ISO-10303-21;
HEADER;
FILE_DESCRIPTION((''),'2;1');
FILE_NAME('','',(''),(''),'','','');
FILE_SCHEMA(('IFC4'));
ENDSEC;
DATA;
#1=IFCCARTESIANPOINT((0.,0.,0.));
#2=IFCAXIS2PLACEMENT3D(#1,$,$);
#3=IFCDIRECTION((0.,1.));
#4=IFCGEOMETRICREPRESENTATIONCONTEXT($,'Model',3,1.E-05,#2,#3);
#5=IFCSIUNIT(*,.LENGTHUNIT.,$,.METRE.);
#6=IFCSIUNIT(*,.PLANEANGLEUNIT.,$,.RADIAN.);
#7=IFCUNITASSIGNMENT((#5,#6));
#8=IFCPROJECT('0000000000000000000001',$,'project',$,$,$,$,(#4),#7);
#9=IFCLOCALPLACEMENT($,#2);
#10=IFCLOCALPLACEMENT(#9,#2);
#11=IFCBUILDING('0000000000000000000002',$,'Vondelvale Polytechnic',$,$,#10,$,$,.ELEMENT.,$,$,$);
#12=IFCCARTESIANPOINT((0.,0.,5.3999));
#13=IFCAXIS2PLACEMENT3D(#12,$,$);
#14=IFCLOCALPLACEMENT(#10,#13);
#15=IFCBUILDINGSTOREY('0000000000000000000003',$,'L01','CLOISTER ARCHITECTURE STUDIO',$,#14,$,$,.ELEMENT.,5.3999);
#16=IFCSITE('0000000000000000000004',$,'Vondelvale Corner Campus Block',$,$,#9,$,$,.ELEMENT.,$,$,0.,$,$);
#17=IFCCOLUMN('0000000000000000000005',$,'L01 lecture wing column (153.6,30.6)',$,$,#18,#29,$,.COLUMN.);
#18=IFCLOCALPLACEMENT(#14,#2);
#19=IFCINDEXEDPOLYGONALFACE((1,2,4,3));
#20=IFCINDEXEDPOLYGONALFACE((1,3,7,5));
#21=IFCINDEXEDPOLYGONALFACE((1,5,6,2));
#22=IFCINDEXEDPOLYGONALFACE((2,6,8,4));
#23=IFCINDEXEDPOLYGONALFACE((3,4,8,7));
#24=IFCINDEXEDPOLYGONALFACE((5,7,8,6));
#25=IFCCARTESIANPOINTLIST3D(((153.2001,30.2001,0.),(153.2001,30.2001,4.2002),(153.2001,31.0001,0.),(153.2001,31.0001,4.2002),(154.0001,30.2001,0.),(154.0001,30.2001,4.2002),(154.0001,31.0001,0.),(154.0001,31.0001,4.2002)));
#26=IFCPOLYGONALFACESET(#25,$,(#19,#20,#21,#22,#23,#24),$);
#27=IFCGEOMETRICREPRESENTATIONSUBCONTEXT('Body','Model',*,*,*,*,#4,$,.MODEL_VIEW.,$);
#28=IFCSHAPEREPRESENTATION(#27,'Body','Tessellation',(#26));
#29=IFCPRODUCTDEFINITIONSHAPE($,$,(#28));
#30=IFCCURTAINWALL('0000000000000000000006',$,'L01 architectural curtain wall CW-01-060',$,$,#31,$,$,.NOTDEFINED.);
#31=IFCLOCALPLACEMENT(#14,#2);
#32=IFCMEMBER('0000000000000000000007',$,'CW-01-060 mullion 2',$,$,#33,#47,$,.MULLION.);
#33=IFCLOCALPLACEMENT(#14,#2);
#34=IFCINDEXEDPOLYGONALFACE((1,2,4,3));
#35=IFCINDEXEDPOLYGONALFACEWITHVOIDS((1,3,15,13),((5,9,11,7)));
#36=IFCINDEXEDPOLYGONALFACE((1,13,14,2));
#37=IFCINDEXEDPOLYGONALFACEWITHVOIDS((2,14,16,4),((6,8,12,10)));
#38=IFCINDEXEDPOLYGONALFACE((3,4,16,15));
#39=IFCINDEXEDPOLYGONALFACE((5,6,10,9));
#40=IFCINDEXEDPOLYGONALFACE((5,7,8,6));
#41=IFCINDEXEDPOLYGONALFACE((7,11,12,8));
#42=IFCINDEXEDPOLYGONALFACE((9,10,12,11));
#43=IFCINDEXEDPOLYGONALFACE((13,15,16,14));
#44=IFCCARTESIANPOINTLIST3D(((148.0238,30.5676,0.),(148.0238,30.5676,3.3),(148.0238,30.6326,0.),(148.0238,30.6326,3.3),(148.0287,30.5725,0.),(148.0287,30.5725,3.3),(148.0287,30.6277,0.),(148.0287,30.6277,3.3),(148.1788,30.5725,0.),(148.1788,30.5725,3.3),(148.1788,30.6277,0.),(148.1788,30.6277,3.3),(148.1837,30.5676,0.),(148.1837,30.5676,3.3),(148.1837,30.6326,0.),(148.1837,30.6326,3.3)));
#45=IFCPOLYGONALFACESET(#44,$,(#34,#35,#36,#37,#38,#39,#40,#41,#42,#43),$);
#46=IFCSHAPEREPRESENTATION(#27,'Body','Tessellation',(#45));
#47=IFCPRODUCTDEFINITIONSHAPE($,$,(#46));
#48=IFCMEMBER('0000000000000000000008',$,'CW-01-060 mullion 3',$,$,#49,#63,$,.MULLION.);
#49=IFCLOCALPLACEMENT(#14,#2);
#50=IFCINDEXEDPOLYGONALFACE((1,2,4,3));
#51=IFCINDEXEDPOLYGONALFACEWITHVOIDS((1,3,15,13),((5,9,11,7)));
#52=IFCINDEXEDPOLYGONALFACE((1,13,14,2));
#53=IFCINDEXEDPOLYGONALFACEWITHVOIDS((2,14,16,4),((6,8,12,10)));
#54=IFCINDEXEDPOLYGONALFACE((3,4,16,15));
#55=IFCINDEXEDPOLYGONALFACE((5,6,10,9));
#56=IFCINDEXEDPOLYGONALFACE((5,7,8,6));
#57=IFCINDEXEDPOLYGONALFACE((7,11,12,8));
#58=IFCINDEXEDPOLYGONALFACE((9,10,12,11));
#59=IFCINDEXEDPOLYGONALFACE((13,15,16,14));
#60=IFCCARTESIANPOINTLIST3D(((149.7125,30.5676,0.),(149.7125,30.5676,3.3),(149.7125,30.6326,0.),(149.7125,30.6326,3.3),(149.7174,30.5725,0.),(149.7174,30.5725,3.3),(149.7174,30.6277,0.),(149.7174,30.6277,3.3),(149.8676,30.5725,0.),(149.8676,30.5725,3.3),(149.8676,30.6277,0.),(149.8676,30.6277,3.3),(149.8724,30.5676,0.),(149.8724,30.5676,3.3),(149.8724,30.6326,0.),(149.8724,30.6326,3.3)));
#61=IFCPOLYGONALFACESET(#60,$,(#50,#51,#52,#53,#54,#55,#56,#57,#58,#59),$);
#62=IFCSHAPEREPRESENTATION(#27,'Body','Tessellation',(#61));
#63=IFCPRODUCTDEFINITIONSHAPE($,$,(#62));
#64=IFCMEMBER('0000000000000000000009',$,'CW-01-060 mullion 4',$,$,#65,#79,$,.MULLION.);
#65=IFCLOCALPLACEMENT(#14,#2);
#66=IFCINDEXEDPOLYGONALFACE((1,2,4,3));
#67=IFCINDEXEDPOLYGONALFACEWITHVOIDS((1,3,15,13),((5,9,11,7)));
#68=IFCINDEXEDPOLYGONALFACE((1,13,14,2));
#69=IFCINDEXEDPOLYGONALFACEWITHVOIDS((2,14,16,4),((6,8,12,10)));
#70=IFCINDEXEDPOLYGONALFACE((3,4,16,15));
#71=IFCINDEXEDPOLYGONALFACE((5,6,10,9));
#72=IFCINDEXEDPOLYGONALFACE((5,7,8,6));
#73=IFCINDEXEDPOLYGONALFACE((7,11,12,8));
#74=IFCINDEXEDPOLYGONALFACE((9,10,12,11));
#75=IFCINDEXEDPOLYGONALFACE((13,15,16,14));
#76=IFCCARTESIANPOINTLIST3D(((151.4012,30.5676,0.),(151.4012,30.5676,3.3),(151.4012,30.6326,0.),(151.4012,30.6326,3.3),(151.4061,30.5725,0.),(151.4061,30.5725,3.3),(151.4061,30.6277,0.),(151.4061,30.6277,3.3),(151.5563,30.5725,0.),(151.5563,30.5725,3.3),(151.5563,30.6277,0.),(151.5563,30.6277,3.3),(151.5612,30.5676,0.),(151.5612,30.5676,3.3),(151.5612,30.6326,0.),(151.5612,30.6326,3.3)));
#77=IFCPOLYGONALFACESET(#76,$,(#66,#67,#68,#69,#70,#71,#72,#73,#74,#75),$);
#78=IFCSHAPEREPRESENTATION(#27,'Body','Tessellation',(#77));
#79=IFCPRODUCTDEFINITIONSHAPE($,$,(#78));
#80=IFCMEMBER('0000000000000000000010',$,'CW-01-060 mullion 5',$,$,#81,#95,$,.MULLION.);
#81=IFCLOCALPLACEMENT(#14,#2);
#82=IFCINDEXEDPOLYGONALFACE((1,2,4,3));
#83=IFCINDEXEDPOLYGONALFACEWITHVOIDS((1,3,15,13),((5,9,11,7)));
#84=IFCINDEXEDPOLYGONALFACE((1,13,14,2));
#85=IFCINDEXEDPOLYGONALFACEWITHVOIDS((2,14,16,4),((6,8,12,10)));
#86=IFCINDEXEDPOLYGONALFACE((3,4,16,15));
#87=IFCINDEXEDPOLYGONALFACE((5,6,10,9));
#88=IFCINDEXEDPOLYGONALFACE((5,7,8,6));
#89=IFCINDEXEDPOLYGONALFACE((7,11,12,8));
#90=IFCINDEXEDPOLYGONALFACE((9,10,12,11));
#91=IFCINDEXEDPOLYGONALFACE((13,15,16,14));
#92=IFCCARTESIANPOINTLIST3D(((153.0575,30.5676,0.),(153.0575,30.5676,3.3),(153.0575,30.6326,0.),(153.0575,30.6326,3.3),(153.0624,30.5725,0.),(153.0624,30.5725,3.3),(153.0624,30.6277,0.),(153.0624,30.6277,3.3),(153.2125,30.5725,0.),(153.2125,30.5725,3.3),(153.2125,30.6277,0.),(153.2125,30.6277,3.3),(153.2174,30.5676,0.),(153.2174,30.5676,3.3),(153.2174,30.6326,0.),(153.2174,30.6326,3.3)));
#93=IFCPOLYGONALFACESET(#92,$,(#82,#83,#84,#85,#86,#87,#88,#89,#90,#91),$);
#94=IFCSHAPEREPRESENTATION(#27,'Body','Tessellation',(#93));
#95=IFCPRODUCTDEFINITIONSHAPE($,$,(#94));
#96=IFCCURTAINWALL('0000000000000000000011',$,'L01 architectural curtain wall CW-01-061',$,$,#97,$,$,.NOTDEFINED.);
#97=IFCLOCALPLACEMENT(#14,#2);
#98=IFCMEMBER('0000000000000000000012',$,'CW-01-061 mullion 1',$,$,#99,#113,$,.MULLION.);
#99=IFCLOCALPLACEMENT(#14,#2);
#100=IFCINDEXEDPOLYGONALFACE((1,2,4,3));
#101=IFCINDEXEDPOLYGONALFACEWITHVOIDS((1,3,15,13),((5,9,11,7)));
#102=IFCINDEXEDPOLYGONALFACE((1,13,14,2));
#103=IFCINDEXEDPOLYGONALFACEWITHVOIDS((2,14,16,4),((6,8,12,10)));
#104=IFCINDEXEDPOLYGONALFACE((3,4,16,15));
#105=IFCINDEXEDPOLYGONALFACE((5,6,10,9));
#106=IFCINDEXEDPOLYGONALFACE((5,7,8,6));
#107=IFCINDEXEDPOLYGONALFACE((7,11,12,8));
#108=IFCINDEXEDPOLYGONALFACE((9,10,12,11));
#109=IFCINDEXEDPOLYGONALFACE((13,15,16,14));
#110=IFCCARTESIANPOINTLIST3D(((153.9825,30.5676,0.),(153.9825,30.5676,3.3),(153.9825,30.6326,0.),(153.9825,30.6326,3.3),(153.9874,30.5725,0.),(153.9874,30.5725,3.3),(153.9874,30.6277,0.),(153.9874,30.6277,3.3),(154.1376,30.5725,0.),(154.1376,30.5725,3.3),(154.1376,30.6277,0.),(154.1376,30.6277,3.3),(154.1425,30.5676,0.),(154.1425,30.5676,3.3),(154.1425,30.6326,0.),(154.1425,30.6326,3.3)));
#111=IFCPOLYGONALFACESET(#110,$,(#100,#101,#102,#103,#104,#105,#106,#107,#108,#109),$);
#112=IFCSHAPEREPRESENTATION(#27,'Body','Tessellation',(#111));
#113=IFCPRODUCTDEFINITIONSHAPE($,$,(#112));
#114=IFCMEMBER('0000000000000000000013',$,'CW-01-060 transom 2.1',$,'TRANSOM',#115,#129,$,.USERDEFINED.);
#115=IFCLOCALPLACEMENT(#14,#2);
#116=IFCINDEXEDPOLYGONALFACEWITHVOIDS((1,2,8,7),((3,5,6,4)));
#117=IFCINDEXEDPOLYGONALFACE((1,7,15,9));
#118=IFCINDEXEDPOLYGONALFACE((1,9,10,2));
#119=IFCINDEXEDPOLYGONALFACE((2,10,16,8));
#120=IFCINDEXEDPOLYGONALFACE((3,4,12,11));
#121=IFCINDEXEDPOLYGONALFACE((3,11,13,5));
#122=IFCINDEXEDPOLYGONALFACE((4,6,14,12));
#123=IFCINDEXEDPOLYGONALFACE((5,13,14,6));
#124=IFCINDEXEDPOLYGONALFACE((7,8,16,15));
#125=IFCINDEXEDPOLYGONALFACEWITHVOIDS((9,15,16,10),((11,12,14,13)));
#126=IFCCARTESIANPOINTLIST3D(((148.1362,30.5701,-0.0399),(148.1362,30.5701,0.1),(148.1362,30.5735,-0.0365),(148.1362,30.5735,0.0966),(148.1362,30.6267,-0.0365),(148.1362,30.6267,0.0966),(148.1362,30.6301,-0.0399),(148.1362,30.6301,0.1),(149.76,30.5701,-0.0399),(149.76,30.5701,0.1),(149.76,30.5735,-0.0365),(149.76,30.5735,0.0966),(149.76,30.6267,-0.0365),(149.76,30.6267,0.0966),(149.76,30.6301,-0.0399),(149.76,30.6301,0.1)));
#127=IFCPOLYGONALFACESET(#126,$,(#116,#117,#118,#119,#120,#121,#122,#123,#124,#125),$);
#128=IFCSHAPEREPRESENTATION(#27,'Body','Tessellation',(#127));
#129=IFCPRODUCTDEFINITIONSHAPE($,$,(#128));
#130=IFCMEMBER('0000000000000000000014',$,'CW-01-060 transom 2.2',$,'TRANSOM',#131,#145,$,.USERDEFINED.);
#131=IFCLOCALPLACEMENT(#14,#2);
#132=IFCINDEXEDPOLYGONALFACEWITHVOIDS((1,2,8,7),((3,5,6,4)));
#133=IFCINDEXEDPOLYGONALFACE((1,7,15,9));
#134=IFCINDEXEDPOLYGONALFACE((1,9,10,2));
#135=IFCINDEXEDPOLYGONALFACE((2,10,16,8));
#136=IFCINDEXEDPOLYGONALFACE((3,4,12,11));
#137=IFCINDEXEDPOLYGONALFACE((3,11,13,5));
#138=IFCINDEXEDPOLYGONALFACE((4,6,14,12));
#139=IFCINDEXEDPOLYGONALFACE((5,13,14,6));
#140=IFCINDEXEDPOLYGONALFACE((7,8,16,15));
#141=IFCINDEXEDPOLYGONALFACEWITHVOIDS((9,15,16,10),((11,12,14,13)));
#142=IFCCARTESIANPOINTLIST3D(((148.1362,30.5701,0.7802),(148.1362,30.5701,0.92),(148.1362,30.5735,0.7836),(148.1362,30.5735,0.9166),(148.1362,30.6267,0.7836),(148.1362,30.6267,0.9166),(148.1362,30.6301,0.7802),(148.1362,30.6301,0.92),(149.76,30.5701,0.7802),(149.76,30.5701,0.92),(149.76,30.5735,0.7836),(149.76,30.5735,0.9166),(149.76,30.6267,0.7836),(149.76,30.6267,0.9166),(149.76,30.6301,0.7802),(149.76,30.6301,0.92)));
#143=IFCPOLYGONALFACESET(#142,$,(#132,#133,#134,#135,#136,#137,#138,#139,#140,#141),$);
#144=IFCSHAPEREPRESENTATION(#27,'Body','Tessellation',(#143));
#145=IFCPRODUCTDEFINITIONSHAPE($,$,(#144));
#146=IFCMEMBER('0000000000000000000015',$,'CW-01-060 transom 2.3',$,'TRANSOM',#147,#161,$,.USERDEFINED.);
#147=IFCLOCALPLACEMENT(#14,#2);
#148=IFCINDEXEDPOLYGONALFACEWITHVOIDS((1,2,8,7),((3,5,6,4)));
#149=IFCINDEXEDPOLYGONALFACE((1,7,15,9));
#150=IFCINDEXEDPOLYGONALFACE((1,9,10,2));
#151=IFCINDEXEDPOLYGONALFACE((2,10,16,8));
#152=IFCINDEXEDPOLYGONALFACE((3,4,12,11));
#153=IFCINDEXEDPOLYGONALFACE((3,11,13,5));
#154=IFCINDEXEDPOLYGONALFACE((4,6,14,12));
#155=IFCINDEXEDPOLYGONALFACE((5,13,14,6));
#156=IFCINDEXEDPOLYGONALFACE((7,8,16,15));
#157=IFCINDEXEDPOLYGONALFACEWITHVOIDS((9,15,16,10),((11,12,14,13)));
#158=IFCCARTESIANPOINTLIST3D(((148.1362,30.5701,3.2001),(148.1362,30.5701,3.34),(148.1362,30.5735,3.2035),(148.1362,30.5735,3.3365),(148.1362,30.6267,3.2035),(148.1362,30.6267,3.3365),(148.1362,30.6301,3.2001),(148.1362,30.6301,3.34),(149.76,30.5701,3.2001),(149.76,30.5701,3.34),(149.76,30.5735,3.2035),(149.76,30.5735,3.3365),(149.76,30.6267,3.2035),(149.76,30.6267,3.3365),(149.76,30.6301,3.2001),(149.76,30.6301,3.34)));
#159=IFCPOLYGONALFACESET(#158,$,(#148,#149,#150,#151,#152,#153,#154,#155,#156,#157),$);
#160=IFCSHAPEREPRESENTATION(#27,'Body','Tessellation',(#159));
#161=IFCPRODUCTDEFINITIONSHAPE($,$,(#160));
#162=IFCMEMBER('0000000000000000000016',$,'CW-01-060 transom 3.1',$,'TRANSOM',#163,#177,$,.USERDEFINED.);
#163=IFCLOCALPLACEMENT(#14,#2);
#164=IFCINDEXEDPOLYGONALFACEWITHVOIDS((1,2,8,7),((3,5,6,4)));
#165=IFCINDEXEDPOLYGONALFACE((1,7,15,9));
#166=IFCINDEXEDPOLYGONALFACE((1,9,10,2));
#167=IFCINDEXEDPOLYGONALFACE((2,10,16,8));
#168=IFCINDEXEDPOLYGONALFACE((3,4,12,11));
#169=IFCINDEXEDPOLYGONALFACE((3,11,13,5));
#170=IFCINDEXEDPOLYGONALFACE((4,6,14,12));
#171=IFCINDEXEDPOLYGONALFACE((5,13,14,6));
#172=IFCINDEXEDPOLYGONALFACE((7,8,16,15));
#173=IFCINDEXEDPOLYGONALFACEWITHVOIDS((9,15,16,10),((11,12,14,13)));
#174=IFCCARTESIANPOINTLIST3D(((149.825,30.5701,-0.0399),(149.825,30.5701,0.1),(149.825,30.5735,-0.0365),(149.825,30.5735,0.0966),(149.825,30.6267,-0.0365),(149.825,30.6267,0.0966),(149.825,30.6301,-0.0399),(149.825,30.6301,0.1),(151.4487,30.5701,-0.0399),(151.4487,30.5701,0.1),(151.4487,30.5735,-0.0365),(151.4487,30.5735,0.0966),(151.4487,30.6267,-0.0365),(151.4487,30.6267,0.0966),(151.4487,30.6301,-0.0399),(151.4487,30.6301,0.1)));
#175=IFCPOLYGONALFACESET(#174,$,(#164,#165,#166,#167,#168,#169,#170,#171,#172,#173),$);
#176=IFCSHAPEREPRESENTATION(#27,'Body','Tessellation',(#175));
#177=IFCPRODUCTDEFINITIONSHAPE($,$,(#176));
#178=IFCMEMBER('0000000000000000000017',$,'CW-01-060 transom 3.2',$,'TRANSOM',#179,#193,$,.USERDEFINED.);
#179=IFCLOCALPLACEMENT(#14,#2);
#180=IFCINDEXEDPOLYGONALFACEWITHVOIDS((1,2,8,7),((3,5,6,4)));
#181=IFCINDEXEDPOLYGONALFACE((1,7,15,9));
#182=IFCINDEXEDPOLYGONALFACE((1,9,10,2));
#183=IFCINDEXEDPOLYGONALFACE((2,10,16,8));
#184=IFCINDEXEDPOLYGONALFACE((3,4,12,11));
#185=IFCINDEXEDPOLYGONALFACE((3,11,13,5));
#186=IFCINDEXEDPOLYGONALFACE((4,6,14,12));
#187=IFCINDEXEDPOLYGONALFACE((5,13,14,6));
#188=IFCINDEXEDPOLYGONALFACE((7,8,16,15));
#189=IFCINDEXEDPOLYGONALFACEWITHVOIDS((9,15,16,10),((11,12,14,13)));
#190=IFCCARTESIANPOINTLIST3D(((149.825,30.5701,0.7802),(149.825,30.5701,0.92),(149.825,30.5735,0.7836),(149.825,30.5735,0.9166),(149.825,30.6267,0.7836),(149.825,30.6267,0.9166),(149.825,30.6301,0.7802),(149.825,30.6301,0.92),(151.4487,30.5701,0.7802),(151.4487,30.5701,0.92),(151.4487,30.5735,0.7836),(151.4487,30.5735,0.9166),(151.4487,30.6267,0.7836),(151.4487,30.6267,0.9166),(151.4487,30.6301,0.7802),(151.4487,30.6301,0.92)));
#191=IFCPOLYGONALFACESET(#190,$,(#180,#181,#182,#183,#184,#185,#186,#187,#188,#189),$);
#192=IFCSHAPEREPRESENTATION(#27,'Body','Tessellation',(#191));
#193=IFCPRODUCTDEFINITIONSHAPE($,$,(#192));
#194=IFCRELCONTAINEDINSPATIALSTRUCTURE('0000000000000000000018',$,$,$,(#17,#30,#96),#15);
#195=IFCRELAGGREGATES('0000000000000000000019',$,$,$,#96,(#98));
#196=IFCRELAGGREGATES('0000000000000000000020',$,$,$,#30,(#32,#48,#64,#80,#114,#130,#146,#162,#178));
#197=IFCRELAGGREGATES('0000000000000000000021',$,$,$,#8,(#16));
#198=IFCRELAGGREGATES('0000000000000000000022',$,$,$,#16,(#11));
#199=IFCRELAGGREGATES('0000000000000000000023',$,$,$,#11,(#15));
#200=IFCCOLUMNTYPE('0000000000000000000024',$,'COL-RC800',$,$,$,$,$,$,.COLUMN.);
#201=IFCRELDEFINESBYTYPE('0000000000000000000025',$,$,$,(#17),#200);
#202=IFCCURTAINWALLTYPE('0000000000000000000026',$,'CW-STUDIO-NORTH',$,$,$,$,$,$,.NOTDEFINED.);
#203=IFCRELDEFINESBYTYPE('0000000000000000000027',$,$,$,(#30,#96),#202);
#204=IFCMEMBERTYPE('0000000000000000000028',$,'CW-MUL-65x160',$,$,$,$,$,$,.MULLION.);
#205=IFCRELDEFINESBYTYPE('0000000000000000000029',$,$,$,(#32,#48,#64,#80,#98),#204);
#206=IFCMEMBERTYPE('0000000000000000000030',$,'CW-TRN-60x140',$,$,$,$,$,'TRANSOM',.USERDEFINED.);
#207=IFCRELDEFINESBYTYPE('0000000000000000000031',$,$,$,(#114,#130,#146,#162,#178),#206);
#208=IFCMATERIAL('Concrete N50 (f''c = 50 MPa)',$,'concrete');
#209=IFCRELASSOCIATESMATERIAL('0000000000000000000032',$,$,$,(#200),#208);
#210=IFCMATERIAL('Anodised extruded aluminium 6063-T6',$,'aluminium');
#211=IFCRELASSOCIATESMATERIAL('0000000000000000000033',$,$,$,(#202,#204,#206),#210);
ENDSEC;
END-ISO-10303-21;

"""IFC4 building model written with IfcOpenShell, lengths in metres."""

from ifc_helpers import new_model, si_unit, direction, frame, origin, origin_2d, place, context, subcontext, project, spatial, rectangle, hollow_rectangle, extrude, material, material_profile, profile_set, type_object, element, aggregate, save


model = new_model("IFC4")

# Units and contexts
model_context = context("Model", 3, precision=1e-05, world=origin(), true_north=direction((0.0, 1.0)))
body_context = subcontext(model_context, "Body", "Model", "MODEL_VIEW")
ifc_project = project(units=[si_unit("LENGTHUNIT", "METRE"), si_unit("PLANEANGLEUNIT", "RADIAN")], contexts=[model_context])

# Site, building, storey
site_placement = place(None, origin())
site = spatial("IfcSite", under=ifc_project, at=site_placement, Name="Vondelvale Corner Campus Block", CompositionType="ELEMENT", RefElevation=0.0)
building_placement = place(site_placement, origin())
building = spatial("IfcBuilding", under=site, at=building_placement, Name="Vondelvale Polytechnic", CompositionType="ELEMENT")
storey_placement = place(building_placement, frame((0.0, 0.0, 5.3999)))
storey = spatial("IfcBuildingStorey", under=building, at=storey_placement, Name="L01", Description="CLOISTER ARCHITECTURE STUDIO", CompositionType="ELEMENT", Elevation=5.3999)

# Column
ifc_material_1 = material(Name="Concrete N50 (f'c = 50 MPa)", Category="concrete")
ifc_material_profile_1 = material_profile(ifc_material_1, rectangle(XDim=0.8, YDim=0.8, at=origin_2d()), Name="RC-COL-800x800")
ifc_profile_set_1 = profile_set([ifc_material_profile_1], Name="Concrete N50 (f'c = 50 MPa)")
column_type = type_object("IfcColumnType", Name="COL-RC800", PredefinedType="COLUMN", material=ifc_profile_set_1)
column_placement = place(storey_placement, frame((153.6001, 30.6001, 0.0), z_axis=(0.0, 0.0, 1.0), x_axis=(1.0, 0.0, 0.0)))
element("IfcColumn", 1, at=column_placement, inside=storey, type_object=column_type, Name="L01 lecture wing column (153.6,30.6)", PredefinedType="COLUMN", context=body_context, shape_type="SweptSolid", body=[
    extrude(rectangle(XDim=0.8, YDim=0.8, at=origin_2d()), origin(), (0.0, 0.0, 1.0), 4.2002),
])

# Curtain wall, members
ifc_material_2 = material(Name="Anodised extruded aluminium 6063-T6", Category="aluminium")
curtain_wall_type = type_object("IfcCurtainWallType", Name="CW-STUDIO-NORTH", PredefinedType="NOTDEFINED", material=ifc_material_2)
curtain_wall_1_placement = place(storey_placement, origin())
curtain_wall_1 = element("IfcCurtainWall", 2, at=curtain_wall_1_placement, inside=storey, type_object=curtain_wall_type, Name="L01 architectural curtain wall CW-01-060", PredefinedType="NOTDEFINED")
ifc_material_profile_2 = material_profile(ifc_material_2, hollow_rectangle(XDim=0.0649, YDim=0.1599, WallThickness=0.0049, at=origin_2d()), Name="CW-MUL-160x65")
ifc_profile_set_2 = profile_set([ifc_material_profile_2], Name="Anodised extruded aluminium 6063-T6")
member_type_1 = type_object("IfcMemberType", Name="CW-MUL-65x160", PredefinedType="MULLION", material=ifc_profile_set_2)
member_1_placement = place(storey_placement, frame((148.1038, 30.6001, 0.0), z_axis=(0.0, 0.0, 1.0), x_axis=(0.0, 1.0, 0.0)))
member_1 = element("IfcMember", 3, at=member_1_placement, type_object=member_type_1, Name="CW-01-060 mullion 2", PredefinedType="MULLION", context=body_context, shape_type="SweptSolid", body=[
    extrude(hollow_rectangle(XDim=0.0649, YDim=0.1599, WallThickness=0.0049, at=origin_2d()), origin(), (0.0, 0.0, 1.0), 3.3),
])
member_2_placement = place(storey_placement, frame((149.7925, 30.6001, 0.0), z_axis=(0.0, 0.0, 1.0), x_axis=(0.0, 1.0, 0.0)))
member_2 = element("IfcMember", 4, at=member_2_placement, type_object=member_type_1, Name="CW-01-060 mullion 3", PredefinedType="MULLION", context=body_context, shape_type="SweptSolid", body=[
    extrude(hollow_rectangle(XDim=0.0649, YDim=0.1599, WallThickness=0.0049, at=origin_2d()), origin(), (0.0, 0.0, 1.0), 3.3),
])
member_3_placement = place(storey_placement, frame((151.4812, 30.6001, 0.0), z_axis=(0.0, 0.0, 1.0), x_axis=(0.0, 1.0, 0.0)))
member_3 = element("IfcMember", 5, at=member_3_placement, type_object=member_type_1, Name="CW-01-060 mullion 4", PredefinedType="MULLION", context=body_context, shape_type="SweptSolid", body=[
    extrude(hollow_rectangle(XDim=0.0649, YDim=0.1599, WallThickness=0.0049, at=origin_2d()), origin(), (0.0, 0.0, 1.0), 3.3),
])
member_4_placement = place(storey_placement, frame((153.1375, 30.6001, 0.0), z_axis=(0.0, 0.0, 1.0), x_axis=(0.0, 1.0, 0.0)))
member_4 = element("IfcMember", 6, at=member_4_placement, type_object=member_type_1, Name="CW-01-060 mullion 5", PredefinedType="MULLION", context=body_context, shape_type="SweptSolid", body=[
    extrude(hollow_rectangle(XDim=0.0649, YDim=0.1599, WallThickness=0.0049, at=origin_2d()), origin(), (0.0, 0.0, 1.0), 3.3),
])

# Curtain wall, member
curtain_wall_2_placement = place(storey_placement, origin())
curtain_wall_2 = element("IfcCurtainWall", 7, at=curtain_wall_2_placement, inside=storey, type_object=curtain_wall_type, Name="L01 architectural curtain wall CW-01-061", PredefinedType="NOTDEFINED")
member_5_placement = place(storey_placement, frame((154.0625, 30.6001, 0.0), z_axis=(0.0, 0.0, 1.0), x_axis=(0.0, 1.0, 0.0)))
member_5 = element("IfcMember", 8, at=member_5_placement, type_object=member_type_1, Name="CW-01-061 mullion 1", PredefinedType="MULLION", context=body_context, shape_type="SweptSolid", body=[
    extrude(hollow_rectangle(XDim=0.0649, YDim=0.1599, WallThickness=0.0049, at=origin_2d()), origin(), (0.0, 0.0, 1.0), 3.3),
])

# Members
ifc_material_profile_3 = material_profile(ifc_material_2, hollow_rectangle(XDim=0.0601, YDim=0.1399, WallThickness=0.0034, at=origin_2d()), Name="CW-TRN-140x60")
ifc_profile_set_3 = profile_set([ifc_material_profile_3], Name="Anodised extruded aluminium 6063-T6")
member_type_2 = type_object("IfcMemberType", Name="CW-TRN-60x140", ElementType="TRANSOM", PredefinedType="USERDEFINED", material=ifc_profile_set_3)
member_6_placement = place(storey_placement, frame((148.1362, 30.6001, 0.03), z_axis=(1.0, 0.0, 0.0), x_axis=(0.0, 1.0, 0.0)))
member_6 = element("IfcMember", 9, at=member_6_placement, type_object=member_type_2, Name="CW-01-060 transom 2.1", ObjectType="TRANSOM", PredefinedType="USERDEFINED", context=body_context, shape_type="SweptSolid", body=[
    extrude(hollow_rectangle(XDim=0.0601, YDim=0.1399, WallThickness=0.0034, at=origin_2d()), origin(), (0.0, 0.0, 1.0), 1.6238),
])
member_7_placement = place(storey_placement, frame((148.1362, 30.6001, 0.8501), z_axis=(1.0, 0.0, 0.0), x_axis=(0.0, 1.0, 0.0)))
member_7 = element("IfcMember", 10, at=member_7_placement, type_object=member_type_2, Name="CW-01-060 transom 2.2", ObjectType="TRANSOM", PredefinedType="USERDEFINED", context=body_context, shape_type="SweptSolid", body=[
    extrude(hollow_rectangle(XDim=0.0601, YDim=0.1399, WallThickness=0.0034, at=origin_2d()), origin(), (0.0, 0.0, 1.0), 1.6238),
])
member_8_placement = place(storey_placement, frame((148.1362, 30.6001, 3.27), z_axis=(1.0, 0.0, 0.0), x_axis=(0.0, 1.0, 0.0)))
member_8 = element("IfcMember", 11, at=member_8_placement, type_object=member_type_2, Name="CW-01-060 transom 2.3", ObjectType="TRANSOM", PredefinedType="USERDEFINED", context=body_context, shape_type="SweptSolid", body=[
    extrude(hollow_rectangle(XDim=0.0601, YDim=0.1399, WallThickness=0.0034, at=origin_2d()), origin(), (0.0, 0.0, 1.0), 1.6238),
])
member_9_placement = place(storey_placement, frame((149.825, 30.6001, 0.03), z_axis=(1.0, 0.0, 0.0), x_axis=(0.0, 1.0, 0.0)))
member_9 = element("IfcMember", 12, at=member_9_placement, type_object=member_type_2, Name="CW-01-060 transom 3.1", ObjectType="TRANSOM", PredefinedType="USERDEFINED", context=body_context, shape_type="SweptSolid", body=[
    extrude(hollow_rectangle(XDim=0.0601, YDim=0.1399, WallThickness=0.0034, at=origin_2d()), origin(), (0.0, 0.0, 1.0), 1.6238),
])
member_10_placement = place(storey_placement, frame((149.825, 30.6001, 0.8501), z_axis=(1.0, 0.0, 0.0), x_axis=(0.0, 1.0, 0.0)))
member_10 = element("IfcMember", 13, at=member_10_placement, type_object=member_type_2, Name="CW-01-060 transom 3.2", ObjectType="TRANSOM", PredefinedType="USERDEFINED", context=body_context, shape_type="SweptSolid", body=[
    extrude(hollow_rectangle(XDim=0.0601, YDim=0.1399, WallThickness=0.0034, at=origin_2d()), origin(), (0.0, 0.0, 1.0), 1.6238),
])
aggregate(curtain_wall_2, [member_5])

aggregate(curtain_wall_1, [member_1, member_2, member_3, member_4, member_6, member_7, member_8, member_9, member_10])

save(model, "model.ifc")
